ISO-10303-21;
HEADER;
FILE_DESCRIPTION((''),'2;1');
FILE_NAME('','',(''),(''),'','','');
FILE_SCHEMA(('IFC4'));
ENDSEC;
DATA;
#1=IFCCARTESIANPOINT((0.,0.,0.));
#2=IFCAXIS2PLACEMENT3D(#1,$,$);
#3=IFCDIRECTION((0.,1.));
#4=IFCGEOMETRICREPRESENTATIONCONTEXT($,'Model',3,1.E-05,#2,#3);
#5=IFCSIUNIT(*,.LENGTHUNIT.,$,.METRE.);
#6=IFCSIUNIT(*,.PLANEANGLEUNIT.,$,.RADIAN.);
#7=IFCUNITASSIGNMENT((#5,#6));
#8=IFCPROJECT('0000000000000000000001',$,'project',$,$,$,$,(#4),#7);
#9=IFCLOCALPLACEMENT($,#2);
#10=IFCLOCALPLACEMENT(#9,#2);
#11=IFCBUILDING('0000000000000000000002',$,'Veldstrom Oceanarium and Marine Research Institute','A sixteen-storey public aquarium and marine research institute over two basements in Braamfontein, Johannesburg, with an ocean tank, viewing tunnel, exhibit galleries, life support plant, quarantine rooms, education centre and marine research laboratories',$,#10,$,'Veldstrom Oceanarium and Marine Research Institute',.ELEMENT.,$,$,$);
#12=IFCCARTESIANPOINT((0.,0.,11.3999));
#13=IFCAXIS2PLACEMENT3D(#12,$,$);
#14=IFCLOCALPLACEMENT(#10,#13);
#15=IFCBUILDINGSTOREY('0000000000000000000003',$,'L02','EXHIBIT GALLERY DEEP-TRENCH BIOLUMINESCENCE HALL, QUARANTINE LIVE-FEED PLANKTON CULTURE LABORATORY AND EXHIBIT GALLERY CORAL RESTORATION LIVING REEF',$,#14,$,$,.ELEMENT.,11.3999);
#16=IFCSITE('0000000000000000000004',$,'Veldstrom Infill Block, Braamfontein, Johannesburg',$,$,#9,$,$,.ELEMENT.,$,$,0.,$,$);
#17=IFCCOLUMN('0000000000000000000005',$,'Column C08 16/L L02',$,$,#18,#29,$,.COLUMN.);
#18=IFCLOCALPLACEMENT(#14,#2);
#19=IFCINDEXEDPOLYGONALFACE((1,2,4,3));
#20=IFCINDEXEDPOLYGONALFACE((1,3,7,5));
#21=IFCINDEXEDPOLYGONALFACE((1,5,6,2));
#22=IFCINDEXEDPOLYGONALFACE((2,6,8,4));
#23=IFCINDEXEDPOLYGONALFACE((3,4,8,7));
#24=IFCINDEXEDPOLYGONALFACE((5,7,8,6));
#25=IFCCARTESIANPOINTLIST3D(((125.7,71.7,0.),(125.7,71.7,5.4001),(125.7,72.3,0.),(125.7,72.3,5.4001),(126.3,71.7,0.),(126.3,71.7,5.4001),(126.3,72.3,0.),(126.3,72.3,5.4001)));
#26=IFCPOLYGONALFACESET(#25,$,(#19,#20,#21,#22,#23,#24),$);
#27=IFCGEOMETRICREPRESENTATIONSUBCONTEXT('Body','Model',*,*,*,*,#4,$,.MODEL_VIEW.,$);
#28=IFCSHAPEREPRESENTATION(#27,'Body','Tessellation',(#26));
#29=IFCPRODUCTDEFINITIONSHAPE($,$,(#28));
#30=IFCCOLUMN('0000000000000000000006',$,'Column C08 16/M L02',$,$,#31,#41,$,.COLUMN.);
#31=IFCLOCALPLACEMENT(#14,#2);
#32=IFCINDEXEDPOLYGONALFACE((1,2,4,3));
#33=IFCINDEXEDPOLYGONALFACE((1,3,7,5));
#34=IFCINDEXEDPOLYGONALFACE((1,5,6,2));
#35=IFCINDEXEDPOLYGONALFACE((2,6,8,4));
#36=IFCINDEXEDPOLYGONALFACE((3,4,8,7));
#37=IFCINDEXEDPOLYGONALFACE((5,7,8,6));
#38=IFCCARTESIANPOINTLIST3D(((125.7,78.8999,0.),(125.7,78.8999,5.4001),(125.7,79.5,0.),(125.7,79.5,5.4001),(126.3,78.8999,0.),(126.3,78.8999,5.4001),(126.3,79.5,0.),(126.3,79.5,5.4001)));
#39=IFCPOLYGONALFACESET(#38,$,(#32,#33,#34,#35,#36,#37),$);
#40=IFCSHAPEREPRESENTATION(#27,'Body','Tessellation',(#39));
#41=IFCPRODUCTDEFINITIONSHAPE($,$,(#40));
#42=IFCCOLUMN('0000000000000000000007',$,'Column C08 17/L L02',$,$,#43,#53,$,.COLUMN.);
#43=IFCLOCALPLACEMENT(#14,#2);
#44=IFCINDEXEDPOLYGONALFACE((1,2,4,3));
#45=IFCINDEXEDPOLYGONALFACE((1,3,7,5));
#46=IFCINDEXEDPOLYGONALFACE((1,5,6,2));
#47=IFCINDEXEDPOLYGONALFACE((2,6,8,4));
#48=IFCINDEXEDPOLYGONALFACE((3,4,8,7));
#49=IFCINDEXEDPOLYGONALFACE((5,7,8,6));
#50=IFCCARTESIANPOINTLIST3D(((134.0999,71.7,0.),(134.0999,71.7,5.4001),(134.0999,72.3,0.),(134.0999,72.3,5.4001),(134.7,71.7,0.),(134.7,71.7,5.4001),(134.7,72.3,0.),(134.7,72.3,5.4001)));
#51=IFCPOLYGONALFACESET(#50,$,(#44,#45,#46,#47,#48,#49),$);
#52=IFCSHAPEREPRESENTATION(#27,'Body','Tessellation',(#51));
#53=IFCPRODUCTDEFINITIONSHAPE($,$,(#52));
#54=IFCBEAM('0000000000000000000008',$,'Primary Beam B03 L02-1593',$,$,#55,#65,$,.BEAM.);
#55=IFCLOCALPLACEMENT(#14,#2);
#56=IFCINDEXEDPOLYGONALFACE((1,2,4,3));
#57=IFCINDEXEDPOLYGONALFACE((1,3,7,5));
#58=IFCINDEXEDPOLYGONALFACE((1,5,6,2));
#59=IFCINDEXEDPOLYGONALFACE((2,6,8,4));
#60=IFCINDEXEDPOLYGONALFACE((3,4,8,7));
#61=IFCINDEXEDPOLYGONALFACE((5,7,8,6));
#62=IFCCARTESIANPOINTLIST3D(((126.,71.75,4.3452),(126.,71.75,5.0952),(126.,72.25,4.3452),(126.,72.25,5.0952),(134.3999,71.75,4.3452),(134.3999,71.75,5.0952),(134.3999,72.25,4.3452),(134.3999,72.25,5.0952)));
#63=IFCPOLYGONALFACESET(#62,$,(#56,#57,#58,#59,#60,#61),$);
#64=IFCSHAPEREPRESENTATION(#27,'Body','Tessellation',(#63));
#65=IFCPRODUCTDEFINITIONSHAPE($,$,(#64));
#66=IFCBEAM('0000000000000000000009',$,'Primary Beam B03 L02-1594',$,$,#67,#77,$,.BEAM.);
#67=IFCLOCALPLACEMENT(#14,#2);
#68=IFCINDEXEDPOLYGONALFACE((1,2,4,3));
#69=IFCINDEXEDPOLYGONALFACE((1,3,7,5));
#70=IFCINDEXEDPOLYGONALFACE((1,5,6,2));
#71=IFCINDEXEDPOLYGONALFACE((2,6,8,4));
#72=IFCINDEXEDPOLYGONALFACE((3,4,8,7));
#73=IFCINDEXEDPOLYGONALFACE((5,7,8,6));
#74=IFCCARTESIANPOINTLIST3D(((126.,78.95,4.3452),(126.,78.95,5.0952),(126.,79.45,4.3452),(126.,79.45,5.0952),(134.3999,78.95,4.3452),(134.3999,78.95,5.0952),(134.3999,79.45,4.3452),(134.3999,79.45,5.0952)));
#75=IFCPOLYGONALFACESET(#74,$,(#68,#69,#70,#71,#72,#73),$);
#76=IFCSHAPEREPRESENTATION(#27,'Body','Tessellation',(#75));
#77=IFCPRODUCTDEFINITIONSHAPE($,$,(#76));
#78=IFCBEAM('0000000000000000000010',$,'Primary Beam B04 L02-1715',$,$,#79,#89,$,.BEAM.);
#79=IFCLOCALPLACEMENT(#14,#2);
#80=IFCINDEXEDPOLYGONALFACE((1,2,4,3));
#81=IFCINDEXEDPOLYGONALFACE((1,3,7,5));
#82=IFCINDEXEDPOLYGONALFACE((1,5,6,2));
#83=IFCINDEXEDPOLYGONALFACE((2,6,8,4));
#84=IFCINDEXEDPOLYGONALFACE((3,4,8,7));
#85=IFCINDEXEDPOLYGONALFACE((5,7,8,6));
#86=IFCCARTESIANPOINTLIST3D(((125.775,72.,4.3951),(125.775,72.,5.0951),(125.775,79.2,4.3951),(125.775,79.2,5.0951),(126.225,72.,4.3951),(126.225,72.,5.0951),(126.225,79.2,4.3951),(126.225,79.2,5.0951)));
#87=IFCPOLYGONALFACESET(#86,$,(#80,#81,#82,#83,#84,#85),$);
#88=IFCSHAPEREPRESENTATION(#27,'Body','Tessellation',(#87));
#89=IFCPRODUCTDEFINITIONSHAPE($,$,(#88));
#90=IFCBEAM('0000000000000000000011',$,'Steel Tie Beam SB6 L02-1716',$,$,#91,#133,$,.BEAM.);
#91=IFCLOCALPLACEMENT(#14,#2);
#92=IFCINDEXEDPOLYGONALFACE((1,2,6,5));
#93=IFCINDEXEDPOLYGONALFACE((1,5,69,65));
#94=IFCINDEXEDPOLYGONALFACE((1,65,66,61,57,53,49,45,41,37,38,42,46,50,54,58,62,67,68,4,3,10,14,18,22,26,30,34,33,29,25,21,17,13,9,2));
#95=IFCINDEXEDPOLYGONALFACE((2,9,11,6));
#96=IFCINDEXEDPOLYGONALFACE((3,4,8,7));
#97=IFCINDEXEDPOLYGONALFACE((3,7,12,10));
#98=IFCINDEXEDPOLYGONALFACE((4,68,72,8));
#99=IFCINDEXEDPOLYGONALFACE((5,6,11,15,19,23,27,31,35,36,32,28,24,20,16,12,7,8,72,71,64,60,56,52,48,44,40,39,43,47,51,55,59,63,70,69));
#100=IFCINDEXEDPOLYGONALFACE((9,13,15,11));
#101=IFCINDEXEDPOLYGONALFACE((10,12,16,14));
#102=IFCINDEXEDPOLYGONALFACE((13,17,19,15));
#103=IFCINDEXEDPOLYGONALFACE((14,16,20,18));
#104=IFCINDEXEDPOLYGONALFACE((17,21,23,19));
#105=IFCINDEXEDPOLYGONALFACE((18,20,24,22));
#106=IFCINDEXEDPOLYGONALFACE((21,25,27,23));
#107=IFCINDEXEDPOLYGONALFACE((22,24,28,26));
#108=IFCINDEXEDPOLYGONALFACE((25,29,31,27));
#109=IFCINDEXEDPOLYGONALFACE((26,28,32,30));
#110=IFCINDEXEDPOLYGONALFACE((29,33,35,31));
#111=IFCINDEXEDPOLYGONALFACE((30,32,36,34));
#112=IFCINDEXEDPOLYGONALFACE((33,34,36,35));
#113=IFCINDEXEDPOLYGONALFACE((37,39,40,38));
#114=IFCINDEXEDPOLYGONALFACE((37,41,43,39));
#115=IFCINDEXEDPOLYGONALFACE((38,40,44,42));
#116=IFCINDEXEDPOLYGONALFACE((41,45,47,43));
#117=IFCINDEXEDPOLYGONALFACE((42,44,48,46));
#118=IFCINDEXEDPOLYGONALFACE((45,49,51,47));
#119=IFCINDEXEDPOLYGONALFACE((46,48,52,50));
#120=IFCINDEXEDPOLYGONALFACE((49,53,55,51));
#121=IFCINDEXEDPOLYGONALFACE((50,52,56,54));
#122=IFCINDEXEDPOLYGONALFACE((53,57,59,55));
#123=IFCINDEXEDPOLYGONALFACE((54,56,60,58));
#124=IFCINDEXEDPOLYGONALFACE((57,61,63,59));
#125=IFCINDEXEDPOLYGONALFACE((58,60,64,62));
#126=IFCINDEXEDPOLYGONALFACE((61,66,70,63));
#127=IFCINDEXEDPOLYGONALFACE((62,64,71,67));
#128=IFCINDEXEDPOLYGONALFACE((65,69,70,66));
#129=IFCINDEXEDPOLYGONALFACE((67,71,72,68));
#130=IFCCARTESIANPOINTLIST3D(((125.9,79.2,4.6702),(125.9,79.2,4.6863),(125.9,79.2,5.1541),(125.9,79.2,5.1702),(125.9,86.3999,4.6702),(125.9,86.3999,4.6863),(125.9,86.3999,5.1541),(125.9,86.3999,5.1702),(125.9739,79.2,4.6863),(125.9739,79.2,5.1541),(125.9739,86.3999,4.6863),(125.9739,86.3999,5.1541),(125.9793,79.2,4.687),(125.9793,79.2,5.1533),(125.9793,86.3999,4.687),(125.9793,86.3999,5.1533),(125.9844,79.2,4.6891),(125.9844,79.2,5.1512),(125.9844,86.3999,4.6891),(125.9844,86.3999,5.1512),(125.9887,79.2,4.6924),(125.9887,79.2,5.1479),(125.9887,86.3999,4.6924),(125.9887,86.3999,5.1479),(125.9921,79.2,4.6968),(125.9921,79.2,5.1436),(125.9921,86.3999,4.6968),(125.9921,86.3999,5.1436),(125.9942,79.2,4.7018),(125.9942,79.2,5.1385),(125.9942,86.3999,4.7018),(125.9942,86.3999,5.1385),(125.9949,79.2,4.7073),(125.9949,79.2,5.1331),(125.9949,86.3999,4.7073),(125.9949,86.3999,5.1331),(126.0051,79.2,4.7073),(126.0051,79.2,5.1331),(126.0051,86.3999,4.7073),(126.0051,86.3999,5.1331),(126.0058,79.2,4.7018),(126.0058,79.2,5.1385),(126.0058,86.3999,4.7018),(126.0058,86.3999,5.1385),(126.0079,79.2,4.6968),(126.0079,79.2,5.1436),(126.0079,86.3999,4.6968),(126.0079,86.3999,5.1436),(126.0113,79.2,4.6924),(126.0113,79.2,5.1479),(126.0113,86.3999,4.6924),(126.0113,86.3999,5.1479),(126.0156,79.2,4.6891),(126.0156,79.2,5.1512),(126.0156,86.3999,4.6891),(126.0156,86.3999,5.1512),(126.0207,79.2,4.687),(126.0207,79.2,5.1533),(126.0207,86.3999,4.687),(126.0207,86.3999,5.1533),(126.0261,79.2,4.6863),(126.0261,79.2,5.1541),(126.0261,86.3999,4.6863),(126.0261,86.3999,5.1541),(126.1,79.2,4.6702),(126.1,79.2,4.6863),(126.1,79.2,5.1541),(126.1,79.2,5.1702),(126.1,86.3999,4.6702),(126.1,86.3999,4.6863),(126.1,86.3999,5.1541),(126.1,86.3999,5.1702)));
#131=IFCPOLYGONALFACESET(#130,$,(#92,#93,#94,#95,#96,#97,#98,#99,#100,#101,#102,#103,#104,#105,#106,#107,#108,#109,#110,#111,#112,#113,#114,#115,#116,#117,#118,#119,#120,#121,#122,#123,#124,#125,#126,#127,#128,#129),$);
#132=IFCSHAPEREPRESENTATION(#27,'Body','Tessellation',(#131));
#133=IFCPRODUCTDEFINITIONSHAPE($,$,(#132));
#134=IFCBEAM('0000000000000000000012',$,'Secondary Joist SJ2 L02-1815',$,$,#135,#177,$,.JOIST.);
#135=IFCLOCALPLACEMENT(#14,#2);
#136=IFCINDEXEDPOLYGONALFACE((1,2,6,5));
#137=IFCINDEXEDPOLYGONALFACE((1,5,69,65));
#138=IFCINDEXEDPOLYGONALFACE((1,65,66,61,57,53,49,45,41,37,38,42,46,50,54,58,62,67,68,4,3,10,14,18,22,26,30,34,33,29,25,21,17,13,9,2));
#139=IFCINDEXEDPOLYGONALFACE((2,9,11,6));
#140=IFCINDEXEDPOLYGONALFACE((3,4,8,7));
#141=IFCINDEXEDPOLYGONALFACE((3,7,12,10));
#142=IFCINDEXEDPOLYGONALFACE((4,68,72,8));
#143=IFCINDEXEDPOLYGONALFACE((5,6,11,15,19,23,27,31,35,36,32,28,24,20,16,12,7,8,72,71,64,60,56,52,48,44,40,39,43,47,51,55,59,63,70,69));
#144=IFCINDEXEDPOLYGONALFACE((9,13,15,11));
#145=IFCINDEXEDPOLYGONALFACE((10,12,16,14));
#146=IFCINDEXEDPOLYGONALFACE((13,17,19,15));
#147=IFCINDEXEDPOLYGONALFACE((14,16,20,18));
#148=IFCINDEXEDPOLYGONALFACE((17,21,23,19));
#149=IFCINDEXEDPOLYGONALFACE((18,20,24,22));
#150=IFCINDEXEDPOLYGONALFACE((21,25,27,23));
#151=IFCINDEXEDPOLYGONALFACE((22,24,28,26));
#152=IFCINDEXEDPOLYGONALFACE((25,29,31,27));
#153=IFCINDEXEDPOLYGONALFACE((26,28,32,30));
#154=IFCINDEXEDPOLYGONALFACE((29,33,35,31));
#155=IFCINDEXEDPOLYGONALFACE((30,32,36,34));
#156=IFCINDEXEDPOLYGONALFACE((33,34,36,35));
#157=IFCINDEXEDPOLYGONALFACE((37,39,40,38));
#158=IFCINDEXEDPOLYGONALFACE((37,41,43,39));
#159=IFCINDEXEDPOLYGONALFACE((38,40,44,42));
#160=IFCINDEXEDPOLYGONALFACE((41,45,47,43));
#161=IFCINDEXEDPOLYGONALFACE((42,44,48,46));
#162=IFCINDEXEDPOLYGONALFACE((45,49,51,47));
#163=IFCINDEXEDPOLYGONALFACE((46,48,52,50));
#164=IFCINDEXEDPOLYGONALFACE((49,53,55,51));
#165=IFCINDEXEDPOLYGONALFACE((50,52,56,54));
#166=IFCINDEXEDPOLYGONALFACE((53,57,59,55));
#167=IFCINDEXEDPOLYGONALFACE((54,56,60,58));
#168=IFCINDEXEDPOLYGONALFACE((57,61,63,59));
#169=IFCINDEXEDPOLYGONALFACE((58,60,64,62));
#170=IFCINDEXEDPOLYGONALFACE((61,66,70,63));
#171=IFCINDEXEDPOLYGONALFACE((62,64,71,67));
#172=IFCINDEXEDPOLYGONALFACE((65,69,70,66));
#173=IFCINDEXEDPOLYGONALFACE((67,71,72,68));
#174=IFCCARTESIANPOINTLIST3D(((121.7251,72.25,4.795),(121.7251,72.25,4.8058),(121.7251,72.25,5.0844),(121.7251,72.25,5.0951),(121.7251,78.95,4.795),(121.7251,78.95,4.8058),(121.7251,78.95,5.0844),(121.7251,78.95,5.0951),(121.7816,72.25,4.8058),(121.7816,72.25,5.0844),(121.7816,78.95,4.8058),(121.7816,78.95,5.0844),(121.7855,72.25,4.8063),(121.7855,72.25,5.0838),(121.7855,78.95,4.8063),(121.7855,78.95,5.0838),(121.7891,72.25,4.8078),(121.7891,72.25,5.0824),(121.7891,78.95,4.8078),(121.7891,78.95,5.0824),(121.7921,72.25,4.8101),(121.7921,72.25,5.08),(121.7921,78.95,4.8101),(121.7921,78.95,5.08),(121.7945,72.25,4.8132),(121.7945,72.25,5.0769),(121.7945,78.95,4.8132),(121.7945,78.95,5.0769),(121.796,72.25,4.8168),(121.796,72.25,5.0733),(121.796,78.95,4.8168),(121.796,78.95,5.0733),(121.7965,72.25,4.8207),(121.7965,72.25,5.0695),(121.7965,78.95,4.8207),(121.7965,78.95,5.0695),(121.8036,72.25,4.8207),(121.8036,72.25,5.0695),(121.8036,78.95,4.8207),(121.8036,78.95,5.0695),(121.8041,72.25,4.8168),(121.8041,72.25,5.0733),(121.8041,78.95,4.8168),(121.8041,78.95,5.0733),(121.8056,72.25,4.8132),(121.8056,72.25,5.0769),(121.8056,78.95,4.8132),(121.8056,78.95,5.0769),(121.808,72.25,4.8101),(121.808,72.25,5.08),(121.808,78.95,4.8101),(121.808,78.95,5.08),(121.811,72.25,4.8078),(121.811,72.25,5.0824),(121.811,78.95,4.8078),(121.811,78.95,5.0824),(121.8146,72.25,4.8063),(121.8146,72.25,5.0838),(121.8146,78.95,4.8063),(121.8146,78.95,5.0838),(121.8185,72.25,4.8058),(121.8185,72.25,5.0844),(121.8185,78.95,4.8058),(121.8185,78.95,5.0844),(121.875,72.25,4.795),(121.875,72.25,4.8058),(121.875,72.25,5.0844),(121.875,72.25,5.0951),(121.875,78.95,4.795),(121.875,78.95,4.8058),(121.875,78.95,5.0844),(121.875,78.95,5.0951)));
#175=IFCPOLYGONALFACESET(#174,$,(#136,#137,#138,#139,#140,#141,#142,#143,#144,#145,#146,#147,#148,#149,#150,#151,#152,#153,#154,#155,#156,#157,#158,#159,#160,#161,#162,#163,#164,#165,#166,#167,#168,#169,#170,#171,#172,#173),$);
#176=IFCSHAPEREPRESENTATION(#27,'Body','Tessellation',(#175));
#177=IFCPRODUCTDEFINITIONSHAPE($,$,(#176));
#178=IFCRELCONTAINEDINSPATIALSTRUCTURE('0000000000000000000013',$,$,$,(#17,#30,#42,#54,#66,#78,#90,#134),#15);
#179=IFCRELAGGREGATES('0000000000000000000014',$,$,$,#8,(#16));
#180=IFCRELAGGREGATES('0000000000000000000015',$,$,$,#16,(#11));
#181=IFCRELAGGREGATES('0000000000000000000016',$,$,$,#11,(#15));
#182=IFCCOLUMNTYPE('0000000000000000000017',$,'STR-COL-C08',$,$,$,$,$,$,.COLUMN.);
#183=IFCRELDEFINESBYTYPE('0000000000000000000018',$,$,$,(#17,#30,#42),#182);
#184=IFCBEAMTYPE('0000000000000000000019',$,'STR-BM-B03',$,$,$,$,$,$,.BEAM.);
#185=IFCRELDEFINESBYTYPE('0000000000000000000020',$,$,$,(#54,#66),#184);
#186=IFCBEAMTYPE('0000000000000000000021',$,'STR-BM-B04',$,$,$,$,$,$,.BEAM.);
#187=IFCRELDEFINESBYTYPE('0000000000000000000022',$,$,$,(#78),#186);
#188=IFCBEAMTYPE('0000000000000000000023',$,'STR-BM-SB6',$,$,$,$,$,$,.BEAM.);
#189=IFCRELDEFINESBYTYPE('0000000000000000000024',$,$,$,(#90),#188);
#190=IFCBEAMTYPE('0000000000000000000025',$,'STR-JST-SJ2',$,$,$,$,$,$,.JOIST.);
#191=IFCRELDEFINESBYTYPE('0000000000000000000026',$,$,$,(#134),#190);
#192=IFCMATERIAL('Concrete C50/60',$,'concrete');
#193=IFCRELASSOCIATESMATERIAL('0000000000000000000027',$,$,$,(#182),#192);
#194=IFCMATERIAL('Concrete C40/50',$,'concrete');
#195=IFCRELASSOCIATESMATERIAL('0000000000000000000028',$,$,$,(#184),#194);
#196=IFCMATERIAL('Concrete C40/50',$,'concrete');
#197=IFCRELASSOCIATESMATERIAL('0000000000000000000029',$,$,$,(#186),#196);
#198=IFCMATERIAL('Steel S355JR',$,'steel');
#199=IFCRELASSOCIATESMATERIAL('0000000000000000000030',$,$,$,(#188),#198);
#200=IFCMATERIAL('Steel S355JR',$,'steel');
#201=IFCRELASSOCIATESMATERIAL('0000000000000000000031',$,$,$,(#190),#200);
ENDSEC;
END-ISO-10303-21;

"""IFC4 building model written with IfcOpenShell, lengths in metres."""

from ifc_helpers import new_model, si_unit, direction, frame, origin, origin_2d, place, context, subcontext, project, spatial, rectangle, i_section, extrude, material, material_profile, profile_set, type_object, element, save


model = new_model("IFC4")

# Units and contexts
model_context = context("Model", 3, precision=1e-05, world=origin(), true_north=direction((0.0, 1.0)))
body_context = subcontext(model_context, "Body", "Model", "MODEL_VIEW")
ifc_project = project(units=[si_unit("LENGTHUNIT", "METRE"), si_unit("PLANEANGLEUNIT", "RADIAN")], contexts=[model_context])

# Site, building, storey
site_placement = place(None, origin())
site = spatial("IfcSite", under=ifc_project, at=site_placement, Name="Veldstrom Infill Block, Braamfontein, Johannesburg", CompositionType="ELEMENT", RefElevation=0.0)
building_placement = place(site_placement, origin())
building = spatial("IfcBuilding", under=site, at=building_placement, Name="Veldstrom Oceanarium and Marine Research Institute", Description="A sixteen-storey public aquarium and marine research institute over two basements in Braamfontein, Johannesburg, with an ocean tank, viewing tunnel, exhibit galleries, life support plant, quarantine rooms, education centre and marine research laboratories", LongName="Veldstrom Oceanarium and Marine Research Institute", CompositionType="ELEMENT")
storey_placement = place(building_placement, frame((0.0, 0.0, 11.3999)))
storey = spatial("IfcBuildingStorey", under=building, at=storey_placement, Name="L02", Description="EXHIBIT GALLERY DEEP-TRENCH BIOLUMINESCENCE HALL, QUARANTINE LIVE-FEED PLANKTON CULTURE LABORATORY AND EXHIBIT GALLERY CORAL RESTORATION LIVING REEF", CompositionType="ELEMENT", Elevation=11.3999)

# Columns
ifc_material_1 = material(Name="Concrete C50/60", Category="concrete")
ifc_material_profile_1 = material_profile(ifc_material_1, rectangle(XDim=0.6001, YDim=0.6001, at=origin_2d()), Name="RC-COL-600x600")
ifc_profile_set_1 = profile_set([ifc_material_profile_1], Name="Concrete C50/60")
column_type = type_object("IfcColumnType", Name="STR-COL-C08", PredefinedType="COLUMN", material=ifc_profile_set_1)
for number, where, z_axis, x_axis, name in (
    (1, (126.0, 72.0, 0.0), (0.0, 0.0, 1.0), (1.0, 0.0, 0.0), "Column C08 16/L L02"),
    (2, (126.0, 79.2, 0.0), (0.0, 0.0, 1.0), (1.0, 0.0, 0.0), "Column C08 16/M L02"),
    (3, (134.3999, 72.0, 0.0), (0.0, 0.0, 1.0), (1.0, 0.0, 0.0), "Column C08 17/L L02"),
):
    element("IfcColumn", number, at=place(storey_placement, frame(where, z_axis=z_axis, x_axis=x_axis)), inside=storey, type_object=column_type, Name=name, PredefinedType="COLUMN", context=body_context, shape_type="SweptSolid", body=[
        extrude(rectangle(XDim=0.6001, YDim=0.6001, at=origin_2d()), origin(), (0.0, 0.0, 1.0), 5.4001),
    ])

# Beams
ifc_material_2 = material(Name="Concrete C40/50", Category="concrete")
ifc_material_profile_2 = material_profile(ifc_material_2, rectangle(XDim=0.5, YDim=0.75, at=origin_2d()), Name="RC-BM-500x750")
ifc_profile_set_2 = profile_set([ifc_material_profile_2], Name="Concrete C40/50")
beam_type_1 = type_object("IfcBeamType", Name="STR-BM-B03", PredefinedType="BEAM", material=ifc_profile_set_2)
for number, where, z_axis, x_axis, name in (
    (4, (126.0, 72.0, 4.7202), (1.0, 0.0, 0.0), (0.0, 1.0, 0.0), "Primary Beam B03 L02-1593"),
    (5, (126.0, 79.2, 4.7202), (1.0, 0.0, 0.0), (0.0, 1.0, 0.0), "Primary Beam B03 L02-1594"),
):
    element("IfcBeam", number, at=place(storey_placement, frame(where, z_axis=z_axis, x_axis=x_axis)), inside=storey, type_object=beam_type_1, Name=name, PredefinedType="BEAM", context=body_context, shape_type="SweptSolid", body=[
        extrude(rectangle(XDim=0.5, YDim=0.75, at=origin_2d()), origin(), (0.0, 0.0, 1.0), 8.3999),
    ])
ifc_material_3 = material(Name="Concrete C40/50", Category="concrete")
ifc_material_profile_3 = material_profile(ifc_material_3, rectangle(XDim=0.45, YDim=0.7, at=origin_2d()), Name="RC-BM-450x700")
ifc_profile_set_3 = profile_set([ifc_material_profile_3], Name="Concrete C40/50")
beam_type_2 = type_object("IfcBeamType", Name="STR-BM-B04", PredefinedType="BEAM", material=ifc_profile_set_3)
beam_1_placement = place(storey_placement, frame((126.0, 72.0, 4.7451), z_axis=(0.0, 1.0, 0.0), x_axis=(-1.0, 0.0, 0.0)))
element("IfcBeam", 6, at=beam_1_placement, inside=storey, type_object=beam_type_2, Name="Primary Beam B04 L02-1715", PredefinedType="BEAM", context=body_context, shape_type="SweptSolid", body=[
    extrude(rectangle(XDim=0.45, YDim=0.7, at=origin_2d()), origin(), (0.0, 0.0, 1.0), 7.2),
])
ifc_material_4 = material(Name="Steel S355JR", Category="steel")
ifc_material_profile_4 = material_profile(ifc_material_4, i_section(OverallWidth=0.2, OverallDepth=0.5, WebThickness=0.0103, FlangeThickness=0.0161, FilletRadius=0.021, at=origin_2d()), Name="IPE 500")
ifc_profile_set_4 = profile_set([ifc_material_profile_4], Name="Steel S355JR")
beam_type_3 = type_object("IfcBeamType", Name="STR-BM-SB6", PredefinedType="BEAM", material=ifc_profile_set_4)
beam_2_placement = place(storey_placement, frame((126.0, 79.2, 4.9202), z_axis=(0.0, 1.0, 0.0), x_axis=(-1.0, 0.0, 0.0)))
element("IfcBeam", 7, at=beam_2_placement, inside=storey, type_object=beam_type_3, Name="Steel Tie Beam SB6 L02-1716", PredefinedType="BEAM", context=body_context, shape_type="SweptSolid", body=[
    extrude(i_section(OverallWidth=0.2, OverallDepth=0.5, WebThickness=0.0103, FlangeThickness=0.0161, FilletRadius=0.021, at=origin_2d()), origin(), (0.0, 0.0, 1.0), 7.2),
])
ifc_material_5 = material(Name="Steel S355JR", Category="steel")
ifc_material_profile_5 = material_profile(ifc_material_5, i_section(OverallWidth=0.1499, OverallDepth=0.3, WebThickness=0.0071, FlangeThickness=0.0107, FilletRadius=0.0149, at=origin_2d()), Name="IPE 300")
ifc_profile_set_5 = profile_set([ifc_material_profile_5], Name="Steel S355JR")
beam_type_4 = type_object("IfcBeamType", Name="STR-JST-SJ2", PredefinedType="JOIST", material=ifc_profile_set_5)
for number, where, z_axis, x_axis, name in (
    (8, (121.8, 72.25, 4.9451), (0.0, 1.0, 0.0), (-1.0, 0.0, 0.0), "Secondary Joist SJ2 L02-1815"),
):
    element("IfcBeam", number, at=place(storey_placement, frame(where, z_axis=z_axis, x_axis=x_axis)), inside=storey, type_object=beam_type_4, Name=name, PredefinedType="JOIST", context=body_context, shape_type="SweptSolid", body=[
        extrude(i_section(OverallWidth=0.1499, OverallDepth=0.3, WebThickness=0.0071, FlangeThickness=0.0107, FilletRadius=0.0149, at=origin_2d()), origin(), (0.0, 0.0, 1.0), 6.7),
    ])

save(model, "model.ifc")
